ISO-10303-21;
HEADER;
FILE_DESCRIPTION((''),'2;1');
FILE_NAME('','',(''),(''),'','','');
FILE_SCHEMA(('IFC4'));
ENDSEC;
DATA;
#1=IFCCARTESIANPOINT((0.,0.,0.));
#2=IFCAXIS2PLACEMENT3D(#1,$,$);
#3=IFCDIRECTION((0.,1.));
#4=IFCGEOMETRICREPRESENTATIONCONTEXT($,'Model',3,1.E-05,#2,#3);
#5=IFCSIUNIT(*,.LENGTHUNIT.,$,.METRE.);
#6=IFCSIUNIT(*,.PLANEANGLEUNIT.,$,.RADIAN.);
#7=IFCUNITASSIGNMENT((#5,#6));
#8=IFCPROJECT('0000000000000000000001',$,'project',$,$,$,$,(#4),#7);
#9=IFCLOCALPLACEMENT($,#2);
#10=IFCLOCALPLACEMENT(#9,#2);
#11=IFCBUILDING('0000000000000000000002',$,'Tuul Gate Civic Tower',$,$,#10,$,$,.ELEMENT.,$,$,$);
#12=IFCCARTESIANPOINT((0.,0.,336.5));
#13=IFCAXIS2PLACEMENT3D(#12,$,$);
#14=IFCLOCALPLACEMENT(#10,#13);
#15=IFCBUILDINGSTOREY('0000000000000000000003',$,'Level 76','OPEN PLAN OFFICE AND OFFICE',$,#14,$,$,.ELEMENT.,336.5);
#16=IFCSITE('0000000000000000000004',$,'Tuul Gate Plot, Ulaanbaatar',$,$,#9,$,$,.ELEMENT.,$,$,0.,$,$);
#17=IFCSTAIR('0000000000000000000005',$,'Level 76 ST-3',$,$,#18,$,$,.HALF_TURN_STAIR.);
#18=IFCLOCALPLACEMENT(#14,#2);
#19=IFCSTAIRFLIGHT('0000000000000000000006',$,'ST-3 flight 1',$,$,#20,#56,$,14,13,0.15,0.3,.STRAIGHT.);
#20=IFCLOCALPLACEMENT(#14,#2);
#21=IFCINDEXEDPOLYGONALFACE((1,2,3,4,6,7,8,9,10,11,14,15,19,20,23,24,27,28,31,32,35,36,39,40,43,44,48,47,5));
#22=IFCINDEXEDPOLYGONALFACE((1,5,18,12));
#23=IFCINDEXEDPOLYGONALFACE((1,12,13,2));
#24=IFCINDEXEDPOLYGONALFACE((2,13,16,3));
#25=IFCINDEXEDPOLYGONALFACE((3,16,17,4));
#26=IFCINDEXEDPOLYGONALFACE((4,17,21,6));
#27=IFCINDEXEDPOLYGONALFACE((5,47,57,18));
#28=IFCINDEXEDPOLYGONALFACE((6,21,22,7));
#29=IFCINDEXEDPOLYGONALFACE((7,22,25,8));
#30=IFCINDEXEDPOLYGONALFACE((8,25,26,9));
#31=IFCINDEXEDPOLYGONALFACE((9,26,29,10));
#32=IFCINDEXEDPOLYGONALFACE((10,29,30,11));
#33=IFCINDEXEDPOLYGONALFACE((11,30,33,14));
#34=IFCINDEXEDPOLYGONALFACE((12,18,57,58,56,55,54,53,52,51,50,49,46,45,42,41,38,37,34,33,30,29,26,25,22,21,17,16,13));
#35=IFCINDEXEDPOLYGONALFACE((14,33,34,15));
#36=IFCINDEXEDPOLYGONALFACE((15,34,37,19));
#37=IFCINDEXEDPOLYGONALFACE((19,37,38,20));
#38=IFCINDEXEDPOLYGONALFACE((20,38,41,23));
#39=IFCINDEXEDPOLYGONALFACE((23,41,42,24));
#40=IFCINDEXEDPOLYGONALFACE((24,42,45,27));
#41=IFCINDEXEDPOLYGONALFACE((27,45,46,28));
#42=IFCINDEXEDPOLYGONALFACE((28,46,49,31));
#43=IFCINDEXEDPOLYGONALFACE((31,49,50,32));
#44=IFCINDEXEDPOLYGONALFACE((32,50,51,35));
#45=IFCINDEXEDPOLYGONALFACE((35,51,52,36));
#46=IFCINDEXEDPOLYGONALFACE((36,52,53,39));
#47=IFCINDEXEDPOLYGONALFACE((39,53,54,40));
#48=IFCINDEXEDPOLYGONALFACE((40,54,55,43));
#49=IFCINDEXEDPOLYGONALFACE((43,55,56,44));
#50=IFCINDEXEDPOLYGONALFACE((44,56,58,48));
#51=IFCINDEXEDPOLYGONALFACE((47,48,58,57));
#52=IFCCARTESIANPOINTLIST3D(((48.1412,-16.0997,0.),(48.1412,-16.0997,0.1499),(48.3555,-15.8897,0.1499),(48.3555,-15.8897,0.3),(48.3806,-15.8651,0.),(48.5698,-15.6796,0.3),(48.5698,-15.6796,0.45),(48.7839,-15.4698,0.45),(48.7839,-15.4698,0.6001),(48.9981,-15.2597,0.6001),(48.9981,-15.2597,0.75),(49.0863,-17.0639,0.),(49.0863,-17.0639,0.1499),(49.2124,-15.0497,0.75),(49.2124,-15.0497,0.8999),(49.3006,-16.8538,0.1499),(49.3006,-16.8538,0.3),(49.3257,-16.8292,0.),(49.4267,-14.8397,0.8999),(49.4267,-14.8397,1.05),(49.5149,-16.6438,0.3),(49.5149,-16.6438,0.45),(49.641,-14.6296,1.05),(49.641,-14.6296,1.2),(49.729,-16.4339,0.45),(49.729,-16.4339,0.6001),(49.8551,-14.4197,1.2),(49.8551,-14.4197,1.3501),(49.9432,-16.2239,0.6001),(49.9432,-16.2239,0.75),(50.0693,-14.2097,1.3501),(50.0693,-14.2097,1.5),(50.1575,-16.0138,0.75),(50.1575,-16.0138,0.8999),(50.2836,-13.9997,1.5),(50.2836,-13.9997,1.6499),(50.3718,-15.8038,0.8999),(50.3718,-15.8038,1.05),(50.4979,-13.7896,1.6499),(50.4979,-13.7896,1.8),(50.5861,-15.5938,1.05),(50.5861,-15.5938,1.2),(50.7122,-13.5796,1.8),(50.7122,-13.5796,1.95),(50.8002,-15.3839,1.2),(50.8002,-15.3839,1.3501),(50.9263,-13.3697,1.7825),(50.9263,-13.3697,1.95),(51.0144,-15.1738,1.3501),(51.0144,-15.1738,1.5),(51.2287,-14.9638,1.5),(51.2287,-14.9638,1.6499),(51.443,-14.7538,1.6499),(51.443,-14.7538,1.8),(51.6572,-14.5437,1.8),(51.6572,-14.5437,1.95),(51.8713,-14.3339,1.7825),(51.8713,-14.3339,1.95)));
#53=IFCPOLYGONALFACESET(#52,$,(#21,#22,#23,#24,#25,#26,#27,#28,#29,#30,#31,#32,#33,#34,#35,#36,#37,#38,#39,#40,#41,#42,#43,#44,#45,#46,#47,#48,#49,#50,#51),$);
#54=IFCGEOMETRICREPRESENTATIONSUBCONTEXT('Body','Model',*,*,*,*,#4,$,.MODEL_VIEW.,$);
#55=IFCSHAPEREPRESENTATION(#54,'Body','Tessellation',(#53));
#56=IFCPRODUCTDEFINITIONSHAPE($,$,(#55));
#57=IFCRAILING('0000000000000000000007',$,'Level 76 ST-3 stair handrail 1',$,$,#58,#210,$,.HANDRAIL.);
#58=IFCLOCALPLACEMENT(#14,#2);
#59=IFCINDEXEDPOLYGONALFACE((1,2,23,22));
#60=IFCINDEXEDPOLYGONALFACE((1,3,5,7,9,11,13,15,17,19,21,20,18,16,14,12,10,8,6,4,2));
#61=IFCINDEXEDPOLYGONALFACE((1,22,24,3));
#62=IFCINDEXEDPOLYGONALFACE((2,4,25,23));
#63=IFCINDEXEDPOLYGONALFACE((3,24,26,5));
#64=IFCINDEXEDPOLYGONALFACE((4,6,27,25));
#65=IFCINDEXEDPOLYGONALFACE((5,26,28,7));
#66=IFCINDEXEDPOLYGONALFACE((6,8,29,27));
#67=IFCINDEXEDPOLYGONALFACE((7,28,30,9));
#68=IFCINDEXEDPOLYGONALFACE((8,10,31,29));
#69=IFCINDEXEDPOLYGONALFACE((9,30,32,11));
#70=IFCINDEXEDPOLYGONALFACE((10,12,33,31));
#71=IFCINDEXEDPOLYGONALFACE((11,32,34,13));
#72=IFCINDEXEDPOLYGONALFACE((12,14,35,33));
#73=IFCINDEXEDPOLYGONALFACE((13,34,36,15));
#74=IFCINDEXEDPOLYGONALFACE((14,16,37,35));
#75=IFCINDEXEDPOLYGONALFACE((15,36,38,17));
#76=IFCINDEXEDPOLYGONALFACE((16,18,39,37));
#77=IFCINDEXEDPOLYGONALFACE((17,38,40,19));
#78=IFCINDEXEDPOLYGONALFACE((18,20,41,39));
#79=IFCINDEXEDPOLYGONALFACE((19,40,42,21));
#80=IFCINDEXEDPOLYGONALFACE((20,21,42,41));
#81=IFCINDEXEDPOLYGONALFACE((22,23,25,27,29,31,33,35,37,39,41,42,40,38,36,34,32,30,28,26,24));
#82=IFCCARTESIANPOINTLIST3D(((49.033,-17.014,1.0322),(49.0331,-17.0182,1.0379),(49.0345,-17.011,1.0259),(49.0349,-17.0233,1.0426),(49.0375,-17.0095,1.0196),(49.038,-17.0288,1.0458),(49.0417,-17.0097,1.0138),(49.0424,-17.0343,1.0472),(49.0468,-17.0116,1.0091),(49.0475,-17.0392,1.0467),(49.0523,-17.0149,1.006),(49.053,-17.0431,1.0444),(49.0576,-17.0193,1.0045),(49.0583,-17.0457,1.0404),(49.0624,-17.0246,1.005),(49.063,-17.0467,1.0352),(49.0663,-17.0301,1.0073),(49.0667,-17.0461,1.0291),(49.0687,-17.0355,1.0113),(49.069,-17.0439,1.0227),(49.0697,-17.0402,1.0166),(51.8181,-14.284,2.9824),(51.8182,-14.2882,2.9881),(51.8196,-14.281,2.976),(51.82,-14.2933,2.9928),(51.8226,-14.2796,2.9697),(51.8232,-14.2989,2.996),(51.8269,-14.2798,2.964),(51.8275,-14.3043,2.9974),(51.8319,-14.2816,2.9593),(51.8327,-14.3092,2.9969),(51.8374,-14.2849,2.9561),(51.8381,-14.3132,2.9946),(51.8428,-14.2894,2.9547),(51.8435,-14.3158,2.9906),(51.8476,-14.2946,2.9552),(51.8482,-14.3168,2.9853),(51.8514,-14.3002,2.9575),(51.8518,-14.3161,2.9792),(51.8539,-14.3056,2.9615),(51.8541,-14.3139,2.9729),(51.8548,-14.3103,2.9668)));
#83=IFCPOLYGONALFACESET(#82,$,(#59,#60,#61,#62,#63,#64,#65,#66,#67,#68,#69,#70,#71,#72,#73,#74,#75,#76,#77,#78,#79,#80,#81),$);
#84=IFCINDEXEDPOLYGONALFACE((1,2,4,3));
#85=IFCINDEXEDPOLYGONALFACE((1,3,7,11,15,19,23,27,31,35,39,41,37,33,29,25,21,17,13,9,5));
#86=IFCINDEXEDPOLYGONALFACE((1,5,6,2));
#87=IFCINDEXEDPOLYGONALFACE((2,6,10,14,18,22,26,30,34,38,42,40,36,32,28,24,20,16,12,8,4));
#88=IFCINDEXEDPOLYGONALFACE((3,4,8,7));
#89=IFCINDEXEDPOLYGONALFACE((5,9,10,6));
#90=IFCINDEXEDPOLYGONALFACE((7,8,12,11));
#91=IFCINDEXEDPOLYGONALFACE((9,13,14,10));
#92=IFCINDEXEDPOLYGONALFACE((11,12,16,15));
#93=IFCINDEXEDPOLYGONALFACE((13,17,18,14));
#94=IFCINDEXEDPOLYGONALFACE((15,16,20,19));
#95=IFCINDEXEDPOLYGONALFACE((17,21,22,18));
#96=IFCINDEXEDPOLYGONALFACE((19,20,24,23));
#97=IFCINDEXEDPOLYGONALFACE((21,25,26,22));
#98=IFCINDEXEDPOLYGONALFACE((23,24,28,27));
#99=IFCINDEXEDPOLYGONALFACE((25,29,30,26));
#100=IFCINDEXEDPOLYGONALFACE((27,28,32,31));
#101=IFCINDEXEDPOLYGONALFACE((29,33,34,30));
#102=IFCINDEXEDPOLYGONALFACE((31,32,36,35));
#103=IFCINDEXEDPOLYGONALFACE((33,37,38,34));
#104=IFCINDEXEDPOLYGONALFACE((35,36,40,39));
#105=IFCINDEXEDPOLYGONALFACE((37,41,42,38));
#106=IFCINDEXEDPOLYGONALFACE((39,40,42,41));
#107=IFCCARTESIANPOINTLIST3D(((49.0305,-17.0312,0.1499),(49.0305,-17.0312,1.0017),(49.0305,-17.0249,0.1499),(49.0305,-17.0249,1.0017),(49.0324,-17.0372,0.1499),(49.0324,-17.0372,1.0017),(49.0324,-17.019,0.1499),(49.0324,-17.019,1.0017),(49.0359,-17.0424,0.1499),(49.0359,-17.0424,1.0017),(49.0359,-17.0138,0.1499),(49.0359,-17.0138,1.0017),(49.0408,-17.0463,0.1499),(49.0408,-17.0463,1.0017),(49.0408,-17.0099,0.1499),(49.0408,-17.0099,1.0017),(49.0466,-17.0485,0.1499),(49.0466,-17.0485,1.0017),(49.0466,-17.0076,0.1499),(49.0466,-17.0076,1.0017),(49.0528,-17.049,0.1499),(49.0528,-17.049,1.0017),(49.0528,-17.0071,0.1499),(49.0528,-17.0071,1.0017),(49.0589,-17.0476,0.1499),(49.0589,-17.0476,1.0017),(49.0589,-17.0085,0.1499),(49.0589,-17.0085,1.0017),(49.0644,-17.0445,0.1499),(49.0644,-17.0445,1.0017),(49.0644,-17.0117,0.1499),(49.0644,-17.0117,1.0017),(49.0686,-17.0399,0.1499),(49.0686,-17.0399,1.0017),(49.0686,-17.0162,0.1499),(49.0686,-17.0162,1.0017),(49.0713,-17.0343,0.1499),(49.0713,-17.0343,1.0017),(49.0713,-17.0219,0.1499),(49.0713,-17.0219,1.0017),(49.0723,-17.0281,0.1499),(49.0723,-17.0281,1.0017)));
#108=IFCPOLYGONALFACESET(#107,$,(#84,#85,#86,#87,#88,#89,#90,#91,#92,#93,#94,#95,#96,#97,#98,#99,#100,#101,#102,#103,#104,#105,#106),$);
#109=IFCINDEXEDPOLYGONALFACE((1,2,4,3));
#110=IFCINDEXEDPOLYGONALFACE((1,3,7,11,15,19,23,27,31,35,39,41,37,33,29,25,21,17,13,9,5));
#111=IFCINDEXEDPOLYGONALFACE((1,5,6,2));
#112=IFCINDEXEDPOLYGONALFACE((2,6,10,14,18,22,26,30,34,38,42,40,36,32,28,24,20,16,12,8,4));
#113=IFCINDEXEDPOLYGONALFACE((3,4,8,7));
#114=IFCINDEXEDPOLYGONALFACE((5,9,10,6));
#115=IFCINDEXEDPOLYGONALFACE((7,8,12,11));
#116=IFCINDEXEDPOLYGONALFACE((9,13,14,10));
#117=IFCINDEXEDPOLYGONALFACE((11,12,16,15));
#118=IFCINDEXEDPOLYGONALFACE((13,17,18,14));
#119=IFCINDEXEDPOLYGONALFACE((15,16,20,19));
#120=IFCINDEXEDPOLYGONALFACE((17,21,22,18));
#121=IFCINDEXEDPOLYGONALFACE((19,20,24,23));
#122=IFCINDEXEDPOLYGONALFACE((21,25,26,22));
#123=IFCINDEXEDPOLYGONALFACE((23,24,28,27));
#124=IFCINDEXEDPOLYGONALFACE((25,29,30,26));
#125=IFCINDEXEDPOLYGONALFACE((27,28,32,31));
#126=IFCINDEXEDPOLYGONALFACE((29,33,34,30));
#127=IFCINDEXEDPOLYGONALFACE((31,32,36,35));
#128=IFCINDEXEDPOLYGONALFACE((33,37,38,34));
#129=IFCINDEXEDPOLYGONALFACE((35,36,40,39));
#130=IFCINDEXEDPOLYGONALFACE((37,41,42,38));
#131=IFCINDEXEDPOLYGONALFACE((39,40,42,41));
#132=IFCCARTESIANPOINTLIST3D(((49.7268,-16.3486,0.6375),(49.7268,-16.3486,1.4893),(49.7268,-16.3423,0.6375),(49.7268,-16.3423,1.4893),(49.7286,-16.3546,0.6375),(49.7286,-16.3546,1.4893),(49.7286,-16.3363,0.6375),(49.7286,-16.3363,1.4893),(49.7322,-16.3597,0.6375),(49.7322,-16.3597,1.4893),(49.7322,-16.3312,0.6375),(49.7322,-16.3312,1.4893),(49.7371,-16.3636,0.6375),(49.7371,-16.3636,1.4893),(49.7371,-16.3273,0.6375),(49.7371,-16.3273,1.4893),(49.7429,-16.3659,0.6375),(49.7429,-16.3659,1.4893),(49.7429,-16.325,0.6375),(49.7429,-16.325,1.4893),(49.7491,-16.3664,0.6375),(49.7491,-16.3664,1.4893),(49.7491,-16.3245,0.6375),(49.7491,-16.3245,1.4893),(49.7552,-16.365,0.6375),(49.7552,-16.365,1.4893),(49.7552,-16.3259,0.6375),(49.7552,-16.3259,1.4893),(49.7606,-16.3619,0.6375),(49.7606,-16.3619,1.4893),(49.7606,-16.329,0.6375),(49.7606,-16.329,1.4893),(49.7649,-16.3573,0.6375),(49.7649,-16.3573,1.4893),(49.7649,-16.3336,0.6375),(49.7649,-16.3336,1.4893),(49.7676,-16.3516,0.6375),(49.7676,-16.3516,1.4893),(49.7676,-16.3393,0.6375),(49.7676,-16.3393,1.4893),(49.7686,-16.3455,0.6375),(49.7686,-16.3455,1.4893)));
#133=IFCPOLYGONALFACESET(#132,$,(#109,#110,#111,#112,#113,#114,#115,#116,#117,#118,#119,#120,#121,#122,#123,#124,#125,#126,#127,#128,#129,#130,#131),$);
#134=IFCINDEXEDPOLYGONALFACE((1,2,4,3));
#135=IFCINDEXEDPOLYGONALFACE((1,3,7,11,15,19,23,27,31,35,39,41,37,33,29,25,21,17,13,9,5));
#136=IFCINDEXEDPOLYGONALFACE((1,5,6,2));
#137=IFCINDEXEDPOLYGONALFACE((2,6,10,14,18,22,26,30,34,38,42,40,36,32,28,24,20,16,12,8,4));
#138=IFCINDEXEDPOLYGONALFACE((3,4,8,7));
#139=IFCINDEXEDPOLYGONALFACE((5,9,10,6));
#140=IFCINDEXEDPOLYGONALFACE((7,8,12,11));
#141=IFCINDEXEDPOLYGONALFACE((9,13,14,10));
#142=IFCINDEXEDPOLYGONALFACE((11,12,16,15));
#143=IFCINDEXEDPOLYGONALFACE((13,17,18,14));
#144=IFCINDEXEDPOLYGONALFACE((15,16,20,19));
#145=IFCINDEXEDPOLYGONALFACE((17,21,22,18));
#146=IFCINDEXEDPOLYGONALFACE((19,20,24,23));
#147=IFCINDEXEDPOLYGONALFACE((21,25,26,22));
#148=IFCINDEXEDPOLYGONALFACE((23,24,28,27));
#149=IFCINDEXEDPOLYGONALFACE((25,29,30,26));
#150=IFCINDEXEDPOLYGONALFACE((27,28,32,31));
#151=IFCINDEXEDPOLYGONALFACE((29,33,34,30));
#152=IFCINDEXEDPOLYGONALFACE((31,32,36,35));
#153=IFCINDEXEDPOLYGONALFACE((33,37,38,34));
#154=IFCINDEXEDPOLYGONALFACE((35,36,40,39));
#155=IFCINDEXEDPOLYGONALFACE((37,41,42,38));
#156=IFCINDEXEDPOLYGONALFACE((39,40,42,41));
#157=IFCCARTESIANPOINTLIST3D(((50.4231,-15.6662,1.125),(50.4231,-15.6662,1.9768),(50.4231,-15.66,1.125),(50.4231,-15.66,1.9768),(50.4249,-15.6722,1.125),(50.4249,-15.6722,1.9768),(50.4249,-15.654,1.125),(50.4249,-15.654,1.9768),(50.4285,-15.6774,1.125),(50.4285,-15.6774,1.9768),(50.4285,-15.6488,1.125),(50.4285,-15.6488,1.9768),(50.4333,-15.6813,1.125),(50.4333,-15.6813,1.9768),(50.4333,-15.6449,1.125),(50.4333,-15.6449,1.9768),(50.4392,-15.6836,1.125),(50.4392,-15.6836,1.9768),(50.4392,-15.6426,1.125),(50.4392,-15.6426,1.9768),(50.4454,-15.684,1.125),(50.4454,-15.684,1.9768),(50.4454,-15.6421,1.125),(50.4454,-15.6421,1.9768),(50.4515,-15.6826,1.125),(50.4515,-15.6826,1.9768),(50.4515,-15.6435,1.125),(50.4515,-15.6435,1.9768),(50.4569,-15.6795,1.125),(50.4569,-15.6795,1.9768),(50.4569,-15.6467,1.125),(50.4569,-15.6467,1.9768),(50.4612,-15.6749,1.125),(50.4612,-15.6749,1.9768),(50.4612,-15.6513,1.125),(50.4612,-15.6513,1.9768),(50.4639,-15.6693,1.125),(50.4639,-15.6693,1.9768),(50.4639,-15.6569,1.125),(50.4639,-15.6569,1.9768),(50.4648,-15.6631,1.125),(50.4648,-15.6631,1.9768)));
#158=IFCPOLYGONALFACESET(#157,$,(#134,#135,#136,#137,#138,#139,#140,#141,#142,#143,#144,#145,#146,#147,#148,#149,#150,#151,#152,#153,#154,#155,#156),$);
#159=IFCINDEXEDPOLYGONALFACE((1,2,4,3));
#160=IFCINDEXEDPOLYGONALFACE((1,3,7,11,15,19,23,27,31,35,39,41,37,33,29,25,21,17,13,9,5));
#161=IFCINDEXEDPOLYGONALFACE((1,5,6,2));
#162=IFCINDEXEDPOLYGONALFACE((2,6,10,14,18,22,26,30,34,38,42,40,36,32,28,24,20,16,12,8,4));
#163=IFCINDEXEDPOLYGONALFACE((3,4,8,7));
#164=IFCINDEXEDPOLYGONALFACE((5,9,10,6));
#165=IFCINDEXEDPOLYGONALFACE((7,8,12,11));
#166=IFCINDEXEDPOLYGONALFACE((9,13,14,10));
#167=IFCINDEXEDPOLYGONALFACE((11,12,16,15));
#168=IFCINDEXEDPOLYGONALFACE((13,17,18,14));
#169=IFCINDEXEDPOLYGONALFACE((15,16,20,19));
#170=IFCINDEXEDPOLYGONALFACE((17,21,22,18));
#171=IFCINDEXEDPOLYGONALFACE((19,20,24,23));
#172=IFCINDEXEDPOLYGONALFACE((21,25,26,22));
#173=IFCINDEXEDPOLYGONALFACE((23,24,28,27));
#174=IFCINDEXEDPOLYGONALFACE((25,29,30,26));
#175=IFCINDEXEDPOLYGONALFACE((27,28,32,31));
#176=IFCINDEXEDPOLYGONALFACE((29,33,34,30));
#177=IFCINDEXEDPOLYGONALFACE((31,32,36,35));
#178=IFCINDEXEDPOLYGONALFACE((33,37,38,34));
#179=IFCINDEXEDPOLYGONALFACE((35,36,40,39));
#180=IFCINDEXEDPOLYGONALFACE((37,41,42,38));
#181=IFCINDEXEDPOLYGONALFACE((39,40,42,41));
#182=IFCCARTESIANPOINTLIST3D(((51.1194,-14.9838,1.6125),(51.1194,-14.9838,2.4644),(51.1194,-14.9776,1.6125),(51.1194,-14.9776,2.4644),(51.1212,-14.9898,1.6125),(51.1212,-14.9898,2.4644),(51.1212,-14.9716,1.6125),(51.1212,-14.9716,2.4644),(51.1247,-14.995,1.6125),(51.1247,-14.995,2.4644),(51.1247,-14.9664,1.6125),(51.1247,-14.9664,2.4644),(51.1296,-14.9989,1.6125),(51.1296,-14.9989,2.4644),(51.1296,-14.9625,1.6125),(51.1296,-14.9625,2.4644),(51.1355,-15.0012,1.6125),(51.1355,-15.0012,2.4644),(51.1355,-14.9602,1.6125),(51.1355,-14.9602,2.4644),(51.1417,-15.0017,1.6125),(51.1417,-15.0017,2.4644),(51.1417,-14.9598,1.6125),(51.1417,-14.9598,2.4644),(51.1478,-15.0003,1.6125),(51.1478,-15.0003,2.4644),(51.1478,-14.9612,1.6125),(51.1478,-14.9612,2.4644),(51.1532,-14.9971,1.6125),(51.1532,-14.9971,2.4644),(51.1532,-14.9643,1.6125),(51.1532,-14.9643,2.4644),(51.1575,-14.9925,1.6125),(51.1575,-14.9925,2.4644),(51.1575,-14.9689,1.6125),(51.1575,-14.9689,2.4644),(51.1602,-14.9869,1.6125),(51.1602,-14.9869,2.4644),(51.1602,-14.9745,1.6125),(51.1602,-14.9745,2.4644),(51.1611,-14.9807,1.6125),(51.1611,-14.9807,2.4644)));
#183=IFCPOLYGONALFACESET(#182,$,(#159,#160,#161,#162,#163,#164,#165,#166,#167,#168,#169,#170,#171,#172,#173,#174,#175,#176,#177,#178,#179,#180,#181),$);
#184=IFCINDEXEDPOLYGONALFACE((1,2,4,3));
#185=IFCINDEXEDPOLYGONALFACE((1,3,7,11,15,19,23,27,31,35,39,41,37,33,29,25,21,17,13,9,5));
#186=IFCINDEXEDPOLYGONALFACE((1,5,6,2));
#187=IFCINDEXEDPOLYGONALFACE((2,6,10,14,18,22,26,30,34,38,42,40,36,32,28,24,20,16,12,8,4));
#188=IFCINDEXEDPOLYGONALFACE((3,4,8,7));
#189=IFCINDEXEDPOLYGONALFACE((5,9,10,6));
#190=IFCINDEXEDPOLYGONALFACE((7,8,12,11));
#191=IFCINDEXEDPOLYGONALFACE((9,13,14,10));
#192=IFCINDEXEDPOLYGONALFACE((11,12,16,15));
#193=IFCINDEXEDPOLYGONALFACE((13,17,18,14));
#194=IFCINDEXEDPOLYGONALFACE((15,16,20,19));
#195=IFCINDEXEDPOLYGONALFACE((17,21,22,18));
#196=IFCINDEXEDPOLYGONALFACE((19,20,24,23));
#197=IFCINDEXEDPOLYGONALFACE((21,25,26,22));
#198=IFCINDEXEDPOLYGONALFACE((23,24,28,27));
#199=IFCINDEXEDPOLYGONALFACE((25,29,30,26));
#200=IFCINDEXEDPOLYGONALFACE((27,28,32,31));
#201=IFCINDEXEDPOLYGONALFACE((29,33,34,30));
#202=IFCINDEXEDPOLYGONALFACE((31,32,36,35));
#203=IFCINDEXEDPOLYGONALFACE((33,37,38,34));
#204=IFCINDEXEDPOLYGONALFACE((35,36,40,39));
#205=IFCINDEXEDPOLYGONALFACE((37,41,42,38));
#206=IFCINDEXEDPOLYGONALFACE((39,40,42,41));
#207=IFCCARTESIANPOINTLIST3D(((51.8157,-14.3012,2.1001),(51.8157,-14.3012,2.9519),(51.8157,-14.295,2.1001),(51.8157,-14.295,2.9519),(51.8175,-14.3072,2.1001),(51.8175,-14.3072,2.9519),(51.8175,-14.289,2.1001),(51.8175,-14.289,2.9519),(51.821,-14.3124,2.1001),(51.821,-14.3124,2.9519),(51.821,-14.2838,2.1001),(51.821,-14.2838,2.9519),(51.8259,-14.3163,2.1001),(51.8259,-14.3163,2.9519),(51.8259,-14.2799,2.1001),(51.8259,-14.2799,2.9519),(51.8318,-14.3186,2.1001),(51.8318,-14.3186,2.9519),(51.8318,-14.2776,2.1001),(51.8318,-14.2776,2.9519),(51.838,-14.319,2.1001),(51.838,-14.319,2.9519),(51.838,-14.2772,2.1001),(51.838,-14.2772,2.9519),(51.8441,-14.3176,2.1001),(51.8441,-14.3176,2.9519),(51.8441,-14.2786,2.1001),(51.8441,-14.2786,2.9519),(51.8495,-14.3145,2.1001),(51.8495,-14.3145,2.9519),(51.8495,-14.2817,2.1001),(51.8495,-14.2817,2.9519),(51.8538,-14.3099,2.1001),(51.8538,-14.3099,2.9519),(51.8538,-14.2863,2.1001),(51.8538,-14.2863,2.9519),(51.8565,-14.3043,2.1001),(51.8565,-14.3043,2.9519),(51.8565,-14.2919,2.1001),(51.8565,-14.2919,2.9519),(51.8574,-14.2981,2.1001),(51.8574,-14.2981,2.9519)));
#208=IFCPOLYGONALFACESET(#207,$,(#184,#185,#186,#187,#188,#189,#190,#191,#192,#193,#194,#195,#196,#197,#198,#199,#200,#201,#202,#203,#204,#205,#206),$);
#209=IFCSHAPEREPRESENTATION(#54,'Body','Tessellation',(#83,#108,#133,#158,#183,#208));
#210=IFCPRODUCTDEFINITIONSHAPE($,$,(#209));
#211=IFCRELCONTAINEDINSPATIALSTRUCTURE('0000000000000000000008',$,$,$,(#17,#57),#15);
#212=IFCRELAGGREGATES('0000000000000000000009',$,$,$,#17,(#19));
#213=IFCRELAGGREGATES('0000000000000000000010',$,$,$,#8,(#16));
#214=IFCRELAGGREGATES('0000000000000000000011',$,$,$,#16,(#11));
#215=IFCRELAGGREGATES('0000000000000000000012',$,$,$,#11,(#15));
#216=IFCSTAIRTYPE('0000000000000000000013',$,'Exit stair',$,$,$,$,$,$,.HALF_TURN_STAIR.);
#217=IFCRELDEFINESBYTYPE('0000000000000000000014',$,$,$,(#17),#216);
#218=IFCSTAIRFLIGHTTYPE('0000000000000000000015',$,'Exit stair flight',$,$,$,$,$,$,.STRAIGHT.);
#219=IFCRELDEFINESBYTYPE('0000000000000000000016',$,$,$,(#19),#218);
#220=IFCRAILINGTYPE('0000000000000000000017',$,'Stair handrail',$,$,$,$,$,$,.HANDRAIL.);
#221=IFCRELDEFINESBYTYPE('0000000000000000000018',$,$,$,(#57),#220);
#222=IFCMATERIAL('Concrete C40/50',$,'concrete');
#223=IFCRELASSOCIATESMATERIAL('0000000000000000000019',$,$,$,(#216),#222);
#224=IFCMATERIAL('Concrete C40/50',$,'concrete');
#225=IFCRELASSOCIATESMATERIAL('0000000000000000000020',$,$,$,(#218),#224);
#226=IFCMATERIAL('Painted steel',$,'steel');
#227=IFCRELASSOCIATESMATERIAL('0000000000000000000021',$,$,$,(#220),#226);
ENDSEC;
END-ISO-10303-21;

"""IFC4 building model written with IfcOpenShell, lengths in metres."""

from ifc_helpers import new_model, si_unit, direction, frame, origin, origin_2d, place, context, subcontext, project, spatial, polyline, circle, outline, extrude, material, type_object, element, aggregate, save


model = new_model("IFC4")

# Units and contexts
model_context = context("Model", 3, precision=1e-05, world=origin(), true_north=direction((0.0, 1.0)))
body_context = subcontext(model_context, "Body", "Model", "MODEL_VIEW")
ifc_project = project(units=[si_unit("LENGTHUNIT", "METRE"), si_unit("PLANEANGLEUNIT", "RADIAN")], contexts=[model_context])

# Site, building, storey
site_placement = place(None, origin())
site = spatial("IfcSite", under=ifc_project, at=site_placement, Name="Tuul Gate Plot, Ulaanbaatar", CompositionType="ELEMENT", RefElevation=0.0)
building_placement = place(site_placement, origin())
building = spatial("IfcBuilding", under=site, at=building_placement, Name="Tuul Gate Civic Tower", CompositionType="ELEMENT")
storey_placement = place(building_placement, frame((0.0, 0.0, 336.5)))
storey = spatial("IfcBuildingStorey", under=building, at=storey_placement, Name="Level 76", Description="OPEN PLAN OFFICE AND OFFICE", CompositionType="ELEMENT", Elevation=336.5)

# Stair, stair flight
ifc_material_1 = material(Name="Concrete C40/50", Category="concrete")
stair_type = type_object("IfcStairType", Name="Exit stair", PredefinedType="HALF_TURN_STAIR", material=ifc_material_1)
stair_placement = place(storey_placement, origin())
stair = element("IfcStair", 1, at=stair_placement, inside=storey, type_object=stair_type, Name="Level 76 ST-3", PredefinedType="HALF_TURN_STAIR")
ifc_material_2 = material(Name="Concrete C40/50", Category="concrete")
stair_flight_type = type_object("IfcStairFlightType", Name="Exit stair flight", PredefinedType="STRAIGHT", material=ifc_material_2)
stair_flight_placement = place(storey_placement, frame((48.6138, -16.5818, 0.0), z_axis=(0.0, 0.0, 1.0), x_axis=(0.714127, 0.700016, 0.0)))
stair_flight = element("IfcStairFlight", 2, at=stair_flight_placement, type_object=stair_flight_type, Name="ST-3 flight 1", NumberOfRisers=14, NumberOfTreads=13, PredefinedType="STRAIGHT", RiserHeight=0.15, TreadLength=0.3, context=body_context, shape_type="SweptSolid", body=[
    extrude(outline(polyline([(0.0, 0.0), (0.0, 0.1499), (0.3, 0.1499), (0.3, 0.3), (0.6001, 0.3), (0.6001, 0.45), (0.8999, 0.45), (0.8999, 0.6001), (1.2, 0.6001), (1.2, 0.75), (1.5, 0.75), (1.5, 0.8999), (1.8, 0.8999), (1.8, 1.05), (2.1001, 1.05), (2.1001, 1.2), (2.3999, 1.2), (2.3999, 1.3501), (2.7, 1.3501), (2.7, 1.5), (3.0, 1.5), (3.0, 1.6499), (3.3, 1.6499), (3.3, 1.8), (3.6001, 1.8), (3.6001, 1.95), (3.8999, 1.95), (3.8999, 2.1001), (3.8999, 1.7825), (0.3352, 0.0), (0.0, 0.0)])), frame((0.0, 0.675, 0.0), z_axis=(0.0, -1.0, 0.0), x_axis=(1.0, 0.0, 0.0)), (0.0, 0.0, 1.0), 1.3501),
])
aggregate(stair, [stair_flight])

# Railing
ifc_material_3 = material(Name="Painted steel", Category="steel")
railing_type_1 = type_object("IfcRailingType", Name="Stair handrail", PredefinedType="HANDRAIL", material=ifc_material_3)
railing_1_placement = place(storey_placement, frame((49.0513, -17.0281, 0.1499)))
element("IfcRailing", 3, at=railing_1_placement, inside=storey, type_object=railing_type_1, Name="Level 76 ST-3 stair handrail 1", PredefinedType="HANDRAIL", context=body_context, shape_type="SweptSolid", body=[
    extrude(circle(Radius=0.0239, at=origin_2d()), frame((0.0, 0.0, 0.876), z_axis=(0.638738, 0.626084, 0.447251), x_axis=(-0.699998, 0.714145, 0.0)), (0.0, 0.0, 1.0), 4.3604),
    extrude(circle(Radius=0.021, at=origin_2d()), origin(), (0.0, 0.0, 1.0), 0.8518),
    extrude(circle(Radius=0.021, at=origin_2d()), frame((0.6963, 0.6826, 0.4875)), (0.0, 0.0, 1.0), 0.8518),
    extrude(circle(Radius=0.021, at=origin_2d()), frame((1.3926, 1.365, 0.9751)), (0.0, 0.0, 1.0), 0.8518),
    extrude(circle(Radius=0.021, at=origin_2d()), frame((2.0889, 2.0474, 1.4626)), (0.0, 0.0, 1.0), 0.8518),
    extrude(circle(Radius=0.021, at=origin_2d()), frame((2.7852, 2.73, 1.9502)), (0.0, 0.0, 1.0), 0.8518),
])

save(model, "model.ifc")
